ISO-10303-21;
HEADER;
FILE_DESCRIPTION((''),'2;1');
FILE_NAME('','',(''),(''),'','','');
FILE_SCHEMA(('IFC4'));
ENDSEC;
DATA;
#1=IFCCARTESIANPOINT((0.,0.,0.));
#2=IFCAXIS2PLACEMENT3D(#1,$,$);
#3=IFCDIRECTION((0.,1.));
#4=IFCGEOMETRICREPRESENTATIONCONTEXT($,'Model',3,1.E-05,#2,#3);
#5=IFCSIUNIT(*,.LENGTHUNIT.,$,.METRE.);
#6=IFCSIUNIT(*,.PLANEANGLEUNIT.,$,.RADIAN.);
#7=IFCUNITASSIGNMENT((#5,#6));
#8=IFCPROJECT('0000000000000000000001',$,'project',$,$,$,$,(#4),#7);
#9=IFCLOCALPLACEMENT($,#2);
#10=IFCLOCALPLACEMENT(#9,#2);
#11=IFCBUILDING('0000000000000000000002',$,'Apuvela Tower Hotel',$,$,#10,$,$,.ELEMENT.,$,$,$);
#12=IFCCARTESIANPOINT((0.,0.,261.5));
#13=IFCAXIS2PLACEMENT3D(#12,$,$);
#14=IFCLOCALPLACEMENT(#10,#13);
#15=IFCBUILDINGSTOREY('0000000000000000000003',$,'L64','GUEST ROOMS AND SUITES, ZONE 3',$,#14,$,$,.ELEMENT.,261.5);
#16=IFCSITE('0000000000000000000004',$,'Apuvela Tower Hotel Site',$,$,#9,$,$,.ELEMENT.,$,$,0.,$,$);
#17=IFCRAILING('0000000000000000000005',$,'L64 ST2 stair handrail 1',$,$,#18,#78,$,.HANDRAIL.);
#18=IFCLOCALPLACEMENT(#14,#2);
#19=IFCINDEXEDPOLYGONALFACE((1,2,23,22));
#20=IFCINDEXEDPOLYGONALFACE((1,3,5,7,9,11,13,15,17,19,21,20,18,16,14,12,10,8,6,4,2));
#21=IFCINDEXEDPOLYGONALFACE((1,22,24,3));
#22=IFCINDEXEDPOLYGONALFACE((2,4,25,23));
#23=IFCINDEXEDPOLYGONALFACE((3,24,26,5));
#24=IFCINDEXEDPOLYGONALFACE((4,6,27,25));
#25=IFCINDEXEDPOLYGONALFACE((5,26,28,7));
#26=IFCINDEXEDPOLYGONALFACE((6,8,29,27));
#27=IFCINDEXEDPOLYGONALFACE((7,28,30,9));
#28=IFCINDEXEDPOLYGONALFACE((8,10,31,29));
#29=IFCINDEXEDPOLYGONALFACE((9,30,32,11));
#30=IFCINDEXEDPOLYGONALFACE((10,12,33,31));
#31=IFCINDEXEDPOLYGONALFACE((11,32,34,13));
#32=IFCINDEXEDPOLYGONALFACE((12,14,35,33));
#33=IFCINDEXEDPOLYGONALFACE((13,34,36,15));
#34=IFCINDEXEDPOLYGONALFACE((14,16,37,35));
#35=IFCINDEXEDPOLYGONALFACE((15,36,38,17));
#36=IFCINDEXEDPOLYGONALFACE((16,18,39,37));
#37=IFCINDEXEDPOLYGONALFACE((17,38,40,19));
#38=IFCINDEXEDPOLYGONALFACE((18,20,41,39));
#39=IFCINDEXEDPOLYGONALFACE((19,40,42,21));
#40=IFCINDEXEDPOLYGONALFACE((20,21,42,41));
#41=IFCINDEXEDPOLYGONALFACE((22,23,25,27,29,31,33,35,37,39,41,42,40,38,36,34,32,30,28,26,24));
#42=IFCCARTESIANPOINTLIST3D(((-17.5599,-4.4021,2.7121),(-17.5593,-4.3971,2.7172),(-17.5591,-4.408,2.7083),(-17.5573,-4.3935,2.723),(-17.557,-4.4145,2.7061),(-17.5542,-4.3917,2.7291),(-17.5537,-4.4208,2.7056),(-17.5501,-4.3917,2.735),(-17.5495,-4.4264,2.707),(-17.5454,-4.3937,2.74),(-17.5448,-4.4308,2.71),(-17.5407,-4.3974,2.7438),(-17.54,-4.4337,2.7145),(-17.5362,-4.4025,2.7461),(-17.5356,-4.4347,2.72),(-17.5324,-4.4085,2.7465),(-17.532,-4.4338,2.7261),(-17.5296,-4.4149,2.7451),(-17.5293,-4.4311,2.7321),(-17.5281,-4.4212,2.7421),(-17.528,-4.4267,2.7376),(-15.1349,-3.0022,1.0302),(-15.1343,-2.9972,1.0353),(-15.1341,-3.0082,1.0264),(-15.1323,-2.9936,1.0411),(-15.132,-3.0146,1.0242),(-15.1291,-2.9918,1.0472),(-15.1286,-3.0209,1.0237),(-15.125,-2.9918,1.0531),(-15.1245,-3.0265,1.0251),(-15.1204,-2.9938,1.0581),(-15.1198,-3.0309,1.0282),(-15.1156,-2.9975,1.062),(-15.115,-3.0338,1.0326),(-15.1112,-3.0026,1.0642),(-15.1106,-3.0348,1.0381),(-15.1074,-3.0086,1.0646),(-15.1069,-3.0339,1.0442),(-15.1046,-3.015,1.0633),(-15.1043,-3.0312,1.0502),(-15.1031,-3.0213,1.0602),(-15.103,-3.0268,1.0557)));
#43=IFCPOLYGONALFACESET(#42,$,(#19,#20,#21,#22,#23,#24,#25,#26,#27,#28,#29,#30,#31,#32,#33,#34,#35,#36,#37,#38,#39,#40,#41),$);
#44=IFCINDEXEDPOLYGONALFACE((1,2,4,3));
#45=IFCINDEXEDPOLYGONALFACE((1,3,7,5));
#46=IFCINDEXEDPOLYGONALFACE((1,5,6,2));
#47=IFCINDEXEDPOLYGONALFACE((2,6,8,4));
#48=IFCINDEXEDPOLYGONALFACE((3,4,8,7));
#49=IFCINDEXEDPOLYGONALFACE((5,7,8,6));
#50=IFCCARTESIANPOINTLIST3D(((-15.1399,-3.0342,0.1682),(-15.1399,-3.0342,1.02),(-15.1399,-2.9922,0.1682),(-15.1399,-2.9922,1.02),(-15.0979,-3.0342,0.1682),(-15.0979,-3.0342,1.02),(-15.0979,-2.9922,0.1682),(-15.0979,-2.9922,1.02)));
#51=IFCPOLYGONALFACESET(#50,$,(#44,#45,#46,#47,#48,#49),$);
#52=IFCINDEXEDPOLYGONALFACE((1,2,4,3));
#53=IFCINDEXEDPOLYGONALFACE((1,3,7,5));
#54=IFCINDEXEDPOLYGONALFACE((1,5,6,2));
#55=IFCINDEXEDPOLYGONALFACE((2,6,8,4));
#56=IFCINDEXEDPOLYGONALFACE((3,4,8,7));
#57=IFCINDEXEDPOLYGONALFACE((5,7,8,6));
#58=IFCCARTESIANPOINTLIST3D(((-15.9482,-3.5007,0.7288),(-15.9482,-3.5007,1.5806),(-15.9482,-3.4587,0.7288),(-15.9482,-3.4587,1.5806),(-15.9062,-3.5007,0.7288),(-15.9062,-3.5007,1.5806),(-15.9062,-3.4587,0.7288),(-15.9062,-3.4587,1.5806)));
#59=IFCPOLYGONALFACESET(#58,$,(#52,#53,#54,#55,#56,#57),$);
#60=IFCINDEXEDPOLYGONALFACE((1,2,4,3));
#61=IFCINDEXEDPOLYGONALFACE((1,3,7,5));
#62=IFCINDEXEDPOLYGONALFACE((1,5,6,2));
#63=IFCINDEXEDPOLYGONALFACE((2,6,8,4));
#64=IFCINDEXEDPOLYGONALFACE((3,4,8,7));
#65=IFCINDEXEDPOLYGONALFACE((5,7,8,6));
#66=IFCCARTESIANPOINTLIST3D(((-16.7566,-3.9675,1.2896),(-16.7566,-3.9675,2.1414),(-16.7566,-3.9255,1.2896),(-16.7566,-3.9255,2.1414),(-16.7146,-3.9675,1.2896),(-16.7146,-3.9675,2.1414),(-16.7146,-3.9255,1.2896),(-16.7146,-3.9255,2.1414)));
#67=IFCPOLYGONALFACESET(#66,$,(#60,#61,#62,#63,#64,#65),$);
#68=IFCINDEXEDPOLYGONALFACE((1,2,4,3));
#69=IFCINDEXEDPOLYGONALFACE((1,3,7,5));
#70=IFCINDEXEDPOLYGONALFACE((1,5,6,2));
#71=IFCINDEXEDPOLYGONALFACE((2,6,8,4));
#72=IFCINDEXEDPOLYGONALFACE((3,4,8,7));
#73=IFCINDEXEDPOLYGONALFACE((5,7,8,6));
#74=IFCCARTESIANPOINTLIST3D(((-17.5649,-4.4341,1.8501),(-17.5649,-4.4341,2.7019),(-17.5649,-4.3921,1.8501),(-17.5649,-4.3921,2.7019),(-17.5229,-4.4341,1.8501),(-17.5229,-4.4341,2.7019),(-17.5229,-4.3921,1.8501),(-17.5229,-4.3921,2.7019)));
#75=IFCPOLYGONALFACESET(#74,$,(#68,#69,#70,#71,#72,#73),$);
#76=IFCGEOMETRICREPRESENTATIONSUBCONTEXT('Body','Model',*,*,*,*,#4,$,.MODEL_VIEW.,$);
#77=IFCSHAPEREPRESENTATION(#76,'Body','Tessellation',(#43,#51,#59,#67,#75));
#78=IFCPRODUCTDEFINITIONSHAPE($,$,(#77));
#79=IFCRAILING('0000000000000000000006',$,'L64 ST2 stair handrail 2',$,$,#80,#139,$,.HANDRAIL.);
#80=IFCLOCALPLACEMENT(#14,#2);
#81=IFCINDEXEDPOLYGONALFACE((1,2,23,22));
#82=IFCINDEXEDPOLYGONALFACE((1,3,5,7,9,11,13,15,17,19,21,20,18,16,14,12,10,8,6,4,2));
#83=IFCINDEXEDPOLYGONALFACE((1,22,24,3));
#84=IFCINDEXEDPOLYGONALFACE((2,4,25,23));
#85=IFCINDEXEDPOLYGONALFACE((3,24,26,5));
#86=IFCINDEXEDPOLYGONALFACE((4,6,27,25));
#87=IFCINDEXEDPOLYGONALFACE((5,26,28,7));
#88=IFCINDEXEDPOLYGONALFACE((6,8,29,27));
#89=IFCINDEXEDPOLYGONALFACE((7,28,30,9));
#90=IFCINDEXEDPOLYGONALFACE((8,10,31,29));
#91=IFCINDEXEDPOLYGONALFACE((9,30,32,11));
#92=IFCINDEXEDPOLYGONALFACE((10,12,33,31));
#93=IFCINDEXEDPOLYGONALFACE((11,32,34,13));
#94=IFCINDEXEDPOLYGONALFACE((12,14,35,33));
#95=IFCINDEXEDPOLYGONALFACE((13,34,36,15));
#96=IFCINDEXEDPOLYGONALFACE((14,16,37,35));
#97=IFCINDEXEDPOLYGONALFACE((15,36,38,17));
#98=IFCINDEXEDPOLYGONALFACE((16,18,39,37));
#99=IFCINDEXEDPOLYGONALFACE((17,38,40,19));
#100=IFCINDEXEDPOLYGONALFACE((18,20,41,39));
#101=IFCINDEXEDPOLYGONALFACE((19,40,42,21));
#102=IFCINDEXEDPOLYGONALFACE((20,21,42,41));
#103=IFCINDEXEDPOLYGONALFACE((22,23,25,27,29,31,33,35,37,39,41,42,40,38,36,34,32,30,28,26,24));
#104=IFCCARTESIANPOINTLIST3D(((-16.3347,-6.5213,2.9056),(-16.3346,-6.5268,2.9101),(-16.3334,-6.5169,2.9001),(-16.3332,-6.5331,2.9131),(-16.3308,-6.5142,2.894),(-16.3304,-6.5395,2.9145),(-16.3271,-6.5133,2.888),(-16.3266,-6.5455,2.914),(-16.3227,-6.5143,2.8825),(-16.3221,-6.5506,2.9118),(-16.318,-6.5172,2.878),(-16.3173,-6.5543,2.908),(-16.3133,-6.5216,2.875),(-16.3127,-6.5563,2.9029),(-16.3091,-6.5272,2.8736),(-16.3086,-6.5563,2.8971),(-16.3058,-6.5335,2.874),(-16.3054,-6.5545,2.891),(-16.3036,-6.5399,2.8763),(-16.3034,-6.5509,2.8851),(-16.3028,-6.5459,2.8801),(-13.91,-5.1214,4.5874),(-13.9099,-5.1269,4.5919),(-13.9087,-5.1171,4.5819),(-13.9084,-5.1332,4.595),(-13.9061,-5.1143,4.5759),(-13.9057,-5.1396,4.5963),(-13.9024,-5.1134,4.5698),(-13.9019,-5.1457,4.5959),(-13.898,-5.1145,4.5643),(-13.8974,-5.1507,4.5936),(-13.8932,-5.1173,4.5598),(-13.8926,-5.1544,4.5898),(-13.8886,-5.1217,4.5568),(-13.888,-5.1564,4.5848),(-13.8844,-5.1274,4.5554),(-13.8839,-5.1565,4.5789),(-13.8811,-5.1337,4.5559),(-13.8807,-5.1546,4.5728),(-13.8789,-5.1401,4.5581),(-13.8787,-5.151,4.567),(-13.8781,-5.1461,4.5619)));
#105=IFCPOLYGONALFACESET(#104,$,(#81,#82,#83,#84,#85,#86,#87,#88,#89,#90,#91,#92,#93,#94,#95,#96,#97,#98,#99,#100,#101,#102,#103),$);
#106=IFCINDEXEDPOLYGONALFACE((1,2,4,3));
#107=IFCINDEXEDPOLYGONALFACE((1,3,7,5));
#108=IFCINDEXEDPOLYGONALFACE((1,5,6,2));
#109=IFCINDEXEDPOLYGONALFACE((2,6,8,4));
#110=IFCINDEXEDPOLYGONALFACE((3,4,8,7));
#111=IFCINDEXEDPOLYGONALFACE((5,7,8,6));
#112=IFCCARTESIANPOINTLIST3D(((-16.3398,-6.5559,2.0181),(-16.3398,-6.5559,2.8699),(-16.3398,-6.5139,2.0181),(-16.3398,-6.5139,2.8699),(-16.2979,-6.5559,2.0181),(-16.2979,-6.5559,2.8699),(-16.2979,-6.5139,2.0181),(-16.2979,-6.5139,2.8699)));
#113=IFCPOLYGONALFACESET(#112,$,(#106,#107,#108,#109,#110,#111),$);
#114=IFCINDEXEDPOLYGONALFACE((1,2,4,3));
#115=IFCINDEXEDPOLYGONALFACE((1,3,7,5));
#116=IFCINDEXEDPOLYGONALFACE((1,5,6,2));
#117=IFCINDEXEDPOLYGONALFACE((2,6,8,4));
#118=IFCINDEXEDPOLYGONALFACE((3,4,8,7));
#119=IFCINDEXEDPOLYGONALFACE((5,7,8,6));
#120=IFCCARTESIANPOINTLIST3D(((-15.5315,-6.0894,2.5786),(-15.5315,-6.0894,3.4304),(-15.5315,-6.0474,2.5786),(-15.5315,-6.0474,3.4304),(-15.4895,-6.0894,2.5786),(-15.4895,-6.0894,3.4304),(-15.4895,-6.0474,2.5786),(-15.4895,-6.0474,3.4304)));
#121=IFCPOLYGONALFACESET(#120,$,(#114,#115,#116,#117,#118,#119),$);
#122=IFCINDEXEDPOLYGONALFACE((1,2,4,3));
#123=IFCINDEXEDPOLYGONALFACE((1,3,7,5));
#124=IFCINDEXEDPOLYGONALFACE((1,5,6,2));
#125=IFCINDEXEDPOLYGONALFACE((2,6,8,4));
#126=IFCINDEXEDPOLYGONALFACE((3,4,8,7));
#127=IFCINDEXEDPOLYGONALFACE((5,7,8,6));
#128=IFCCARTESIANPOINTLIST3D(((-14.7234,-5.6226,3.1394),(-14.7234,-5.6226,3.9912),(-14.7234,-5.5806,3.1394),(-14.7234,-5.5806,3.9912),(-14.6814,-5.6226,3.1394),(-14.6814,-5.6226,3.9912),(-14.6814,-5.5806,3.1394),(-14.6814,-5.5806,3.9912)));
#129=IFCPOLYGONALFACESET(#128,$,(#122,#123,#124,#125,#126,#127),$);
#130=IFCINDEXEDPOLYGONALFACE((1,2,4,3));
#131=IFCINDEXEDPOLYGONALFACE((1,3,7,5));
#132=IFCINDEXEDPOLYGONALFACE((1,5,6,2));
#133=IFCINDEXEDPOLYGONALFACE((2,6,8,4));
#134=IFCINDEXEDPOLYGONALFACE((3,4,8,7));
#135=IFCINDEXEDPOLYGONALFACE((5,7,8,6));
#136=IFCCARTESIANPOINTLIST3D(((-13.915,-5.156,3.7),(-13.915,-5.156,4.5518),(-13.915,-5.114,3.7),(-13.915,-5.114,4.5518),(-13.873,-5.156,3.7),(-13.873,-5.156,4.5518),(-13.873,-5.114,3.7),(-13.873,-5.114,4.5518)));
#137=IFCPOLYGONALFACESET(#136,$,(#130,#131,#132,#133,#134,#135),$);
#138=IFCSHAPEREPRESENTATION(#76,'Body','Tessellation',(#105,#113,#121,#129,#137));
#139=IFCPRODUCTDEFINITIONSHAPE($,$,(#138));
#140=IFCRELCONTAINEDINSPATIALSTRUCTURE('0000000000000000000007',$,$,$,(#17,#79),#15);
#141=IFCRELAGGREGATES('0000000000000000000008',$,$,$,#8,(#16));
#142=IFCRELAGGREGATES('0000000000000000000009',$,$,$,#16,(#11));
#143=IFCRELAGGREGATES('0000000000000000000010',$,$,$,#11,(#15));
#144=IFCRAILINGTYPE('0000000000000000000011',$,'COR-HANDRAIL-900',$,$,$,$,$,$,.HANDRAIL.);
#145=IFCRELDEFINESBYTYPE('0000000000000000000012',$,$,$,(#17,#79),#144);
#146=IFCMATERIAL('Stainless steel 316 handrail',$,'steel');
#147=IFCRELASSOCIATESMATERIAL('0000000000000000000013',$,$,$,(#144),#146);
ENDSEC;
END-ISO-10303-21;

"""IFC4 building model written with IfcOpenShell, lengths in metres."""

from ifc_helpers import new_model, si_unit, direction, frame, origin, origin_2d, place, context, subcontext, project, spatial, rectangle, circle, extrude, material, type_object, element, save


model = new_model("IFC4")

# Units and contexts
model_context = context("Model", 3, precision=1e-05, world=origin(), true_north=direction((0.0, 1.0)))
body_context = subcontext(model_context, "Body", "Model", "MODEL_VIEW")
ifc_project = project(units=[si_unit("LENGTHUNIT", "METRE"), si_unit("PLANEANGLEUNIT", "RADIAN")], contexts=[model_context])

# Site, building, storey
site_placement = place(None, origin())
site = spatial("IfcSite", under=ifc_project, at=site_placement, Name="Apuvela Tower Hotel Site", CompositionType="ELEMENT", RefElevation=0.0)
building_placement = place(site_placement, origin())
building = spatial("IfcBuilding", under=site, at=building_placement, Name="Apuvela Tower Hotel", CompositionType="ELEMENT")
storey_placement = place(building_placement, frame((0.0, 0.0, 261.5)))
storey = spatial("IfcBuildingStorey", under=building, at=storey_placement, Name="L64", Description="GUEST ROOMS AND SUITES, ZONE 3", CompositionType="ELEMENT", Elevation=261.5)

# Railings
ifc_material_1 = material(Name="Stainless steel 316 handrail", Category="steel")
railing_type_1 = type_object("IfcRailingType", Name="COR-HANDRAIL-900", PredefinedType="HANDRAIL", material=ifc_material_1)
railing_1_placement = place(storey_placement, frame((-15.1189, -3.0132, 0.1682)))
element("IfcRailing", 1, at=railing_1_placement, inside=storey, type_object=railing_type_1, Name="L64 ST2 stair handrail 1", PredefinedType="HANDRAIL", context=body_context, shape_type="SweptSolid", body=[
    extrude(circle(Radius=0.0239, at=origin_2d()), frame((0.0, 0.0, 0.876), z_axis=(-0.742424, -0.428577, 0.514906), x_axis=(0.499946, -0.866056, 0.0)), (0.0, 0.0, 1.0), 3.2664),
    extrude(rectangle(XDim=0.042, YDim=0.042, at=origin_2d()), origin(), (0.0, 0.0, 1.0), 0.8518),
    extrude(rectangle(XDim=0.042, YDim=0.042, at=origin_2d()), frame((-0.8083, -0.4666, 0.5605)), (0.0, 0.0, 1.0), 0.8518),
    extrude(rectangle(XDim=0.042, YDim=0.042, at=origin_2d()), frame((-1.6167, -0.9333, 1.1213)), (0.0, 0.0, 1.0), 0.8518),
    extrude(rectangle(XDim=0.042, YDim=0.042, at=origin_2d()), frame((-2.425, -1.3999, 1.6819)), (0.0, 0.0, 1.0), 0.8518),
])
railing_2_placement = place(storey_placement, frame((-16.3188, -6.5349, 2.0181)))
element("IfcRailing", 2, at=railing_2_placement, inside=storey, type_object=railing_type_1, Name="L64 ST2 stair handrail 2", PredefinedType="HANDRAIL", context=body_context, shape_type="SweptSolid", body=[
    extrude(circle(Radius=0.0239, at=origin_2d()), frame((0.0, 0.0, 0.876), z_axis=(0.74239, 0.428601, 0.514934), x_axis=(-0.499984, 0.866035, 0.0)), (0.0, 0.0, 1.0), 3.2661),
    extrude(rectangle(XDim=0.042, YDim=0.042, at=origin_2d()), origin(), (0.0, 0.0, 1.0), 0.8518),
    extrude(rectangle(XDim=0.042, YDim=0.042, at=origin_2d()), frame((0.8083, 0.4666, 0.5605)), (0.0, 0.0, 1.0), 0.8518),
    extrude(rectangle(XDim=0.042, YDim=0.042, at=origin_2d()), frame((1.6165, 0.9333, 1.1213)), (0.0, 0.0, 1.0), 0.8518),
    extrude(rectangle(XDim=0.042, YDim=0.042, at=origin_2d()), frame((2.4248, 1.3999, 1.6819)), (0.0, 0.0, 1.0), 0.8518),
])

save(model, "model.ifc")
